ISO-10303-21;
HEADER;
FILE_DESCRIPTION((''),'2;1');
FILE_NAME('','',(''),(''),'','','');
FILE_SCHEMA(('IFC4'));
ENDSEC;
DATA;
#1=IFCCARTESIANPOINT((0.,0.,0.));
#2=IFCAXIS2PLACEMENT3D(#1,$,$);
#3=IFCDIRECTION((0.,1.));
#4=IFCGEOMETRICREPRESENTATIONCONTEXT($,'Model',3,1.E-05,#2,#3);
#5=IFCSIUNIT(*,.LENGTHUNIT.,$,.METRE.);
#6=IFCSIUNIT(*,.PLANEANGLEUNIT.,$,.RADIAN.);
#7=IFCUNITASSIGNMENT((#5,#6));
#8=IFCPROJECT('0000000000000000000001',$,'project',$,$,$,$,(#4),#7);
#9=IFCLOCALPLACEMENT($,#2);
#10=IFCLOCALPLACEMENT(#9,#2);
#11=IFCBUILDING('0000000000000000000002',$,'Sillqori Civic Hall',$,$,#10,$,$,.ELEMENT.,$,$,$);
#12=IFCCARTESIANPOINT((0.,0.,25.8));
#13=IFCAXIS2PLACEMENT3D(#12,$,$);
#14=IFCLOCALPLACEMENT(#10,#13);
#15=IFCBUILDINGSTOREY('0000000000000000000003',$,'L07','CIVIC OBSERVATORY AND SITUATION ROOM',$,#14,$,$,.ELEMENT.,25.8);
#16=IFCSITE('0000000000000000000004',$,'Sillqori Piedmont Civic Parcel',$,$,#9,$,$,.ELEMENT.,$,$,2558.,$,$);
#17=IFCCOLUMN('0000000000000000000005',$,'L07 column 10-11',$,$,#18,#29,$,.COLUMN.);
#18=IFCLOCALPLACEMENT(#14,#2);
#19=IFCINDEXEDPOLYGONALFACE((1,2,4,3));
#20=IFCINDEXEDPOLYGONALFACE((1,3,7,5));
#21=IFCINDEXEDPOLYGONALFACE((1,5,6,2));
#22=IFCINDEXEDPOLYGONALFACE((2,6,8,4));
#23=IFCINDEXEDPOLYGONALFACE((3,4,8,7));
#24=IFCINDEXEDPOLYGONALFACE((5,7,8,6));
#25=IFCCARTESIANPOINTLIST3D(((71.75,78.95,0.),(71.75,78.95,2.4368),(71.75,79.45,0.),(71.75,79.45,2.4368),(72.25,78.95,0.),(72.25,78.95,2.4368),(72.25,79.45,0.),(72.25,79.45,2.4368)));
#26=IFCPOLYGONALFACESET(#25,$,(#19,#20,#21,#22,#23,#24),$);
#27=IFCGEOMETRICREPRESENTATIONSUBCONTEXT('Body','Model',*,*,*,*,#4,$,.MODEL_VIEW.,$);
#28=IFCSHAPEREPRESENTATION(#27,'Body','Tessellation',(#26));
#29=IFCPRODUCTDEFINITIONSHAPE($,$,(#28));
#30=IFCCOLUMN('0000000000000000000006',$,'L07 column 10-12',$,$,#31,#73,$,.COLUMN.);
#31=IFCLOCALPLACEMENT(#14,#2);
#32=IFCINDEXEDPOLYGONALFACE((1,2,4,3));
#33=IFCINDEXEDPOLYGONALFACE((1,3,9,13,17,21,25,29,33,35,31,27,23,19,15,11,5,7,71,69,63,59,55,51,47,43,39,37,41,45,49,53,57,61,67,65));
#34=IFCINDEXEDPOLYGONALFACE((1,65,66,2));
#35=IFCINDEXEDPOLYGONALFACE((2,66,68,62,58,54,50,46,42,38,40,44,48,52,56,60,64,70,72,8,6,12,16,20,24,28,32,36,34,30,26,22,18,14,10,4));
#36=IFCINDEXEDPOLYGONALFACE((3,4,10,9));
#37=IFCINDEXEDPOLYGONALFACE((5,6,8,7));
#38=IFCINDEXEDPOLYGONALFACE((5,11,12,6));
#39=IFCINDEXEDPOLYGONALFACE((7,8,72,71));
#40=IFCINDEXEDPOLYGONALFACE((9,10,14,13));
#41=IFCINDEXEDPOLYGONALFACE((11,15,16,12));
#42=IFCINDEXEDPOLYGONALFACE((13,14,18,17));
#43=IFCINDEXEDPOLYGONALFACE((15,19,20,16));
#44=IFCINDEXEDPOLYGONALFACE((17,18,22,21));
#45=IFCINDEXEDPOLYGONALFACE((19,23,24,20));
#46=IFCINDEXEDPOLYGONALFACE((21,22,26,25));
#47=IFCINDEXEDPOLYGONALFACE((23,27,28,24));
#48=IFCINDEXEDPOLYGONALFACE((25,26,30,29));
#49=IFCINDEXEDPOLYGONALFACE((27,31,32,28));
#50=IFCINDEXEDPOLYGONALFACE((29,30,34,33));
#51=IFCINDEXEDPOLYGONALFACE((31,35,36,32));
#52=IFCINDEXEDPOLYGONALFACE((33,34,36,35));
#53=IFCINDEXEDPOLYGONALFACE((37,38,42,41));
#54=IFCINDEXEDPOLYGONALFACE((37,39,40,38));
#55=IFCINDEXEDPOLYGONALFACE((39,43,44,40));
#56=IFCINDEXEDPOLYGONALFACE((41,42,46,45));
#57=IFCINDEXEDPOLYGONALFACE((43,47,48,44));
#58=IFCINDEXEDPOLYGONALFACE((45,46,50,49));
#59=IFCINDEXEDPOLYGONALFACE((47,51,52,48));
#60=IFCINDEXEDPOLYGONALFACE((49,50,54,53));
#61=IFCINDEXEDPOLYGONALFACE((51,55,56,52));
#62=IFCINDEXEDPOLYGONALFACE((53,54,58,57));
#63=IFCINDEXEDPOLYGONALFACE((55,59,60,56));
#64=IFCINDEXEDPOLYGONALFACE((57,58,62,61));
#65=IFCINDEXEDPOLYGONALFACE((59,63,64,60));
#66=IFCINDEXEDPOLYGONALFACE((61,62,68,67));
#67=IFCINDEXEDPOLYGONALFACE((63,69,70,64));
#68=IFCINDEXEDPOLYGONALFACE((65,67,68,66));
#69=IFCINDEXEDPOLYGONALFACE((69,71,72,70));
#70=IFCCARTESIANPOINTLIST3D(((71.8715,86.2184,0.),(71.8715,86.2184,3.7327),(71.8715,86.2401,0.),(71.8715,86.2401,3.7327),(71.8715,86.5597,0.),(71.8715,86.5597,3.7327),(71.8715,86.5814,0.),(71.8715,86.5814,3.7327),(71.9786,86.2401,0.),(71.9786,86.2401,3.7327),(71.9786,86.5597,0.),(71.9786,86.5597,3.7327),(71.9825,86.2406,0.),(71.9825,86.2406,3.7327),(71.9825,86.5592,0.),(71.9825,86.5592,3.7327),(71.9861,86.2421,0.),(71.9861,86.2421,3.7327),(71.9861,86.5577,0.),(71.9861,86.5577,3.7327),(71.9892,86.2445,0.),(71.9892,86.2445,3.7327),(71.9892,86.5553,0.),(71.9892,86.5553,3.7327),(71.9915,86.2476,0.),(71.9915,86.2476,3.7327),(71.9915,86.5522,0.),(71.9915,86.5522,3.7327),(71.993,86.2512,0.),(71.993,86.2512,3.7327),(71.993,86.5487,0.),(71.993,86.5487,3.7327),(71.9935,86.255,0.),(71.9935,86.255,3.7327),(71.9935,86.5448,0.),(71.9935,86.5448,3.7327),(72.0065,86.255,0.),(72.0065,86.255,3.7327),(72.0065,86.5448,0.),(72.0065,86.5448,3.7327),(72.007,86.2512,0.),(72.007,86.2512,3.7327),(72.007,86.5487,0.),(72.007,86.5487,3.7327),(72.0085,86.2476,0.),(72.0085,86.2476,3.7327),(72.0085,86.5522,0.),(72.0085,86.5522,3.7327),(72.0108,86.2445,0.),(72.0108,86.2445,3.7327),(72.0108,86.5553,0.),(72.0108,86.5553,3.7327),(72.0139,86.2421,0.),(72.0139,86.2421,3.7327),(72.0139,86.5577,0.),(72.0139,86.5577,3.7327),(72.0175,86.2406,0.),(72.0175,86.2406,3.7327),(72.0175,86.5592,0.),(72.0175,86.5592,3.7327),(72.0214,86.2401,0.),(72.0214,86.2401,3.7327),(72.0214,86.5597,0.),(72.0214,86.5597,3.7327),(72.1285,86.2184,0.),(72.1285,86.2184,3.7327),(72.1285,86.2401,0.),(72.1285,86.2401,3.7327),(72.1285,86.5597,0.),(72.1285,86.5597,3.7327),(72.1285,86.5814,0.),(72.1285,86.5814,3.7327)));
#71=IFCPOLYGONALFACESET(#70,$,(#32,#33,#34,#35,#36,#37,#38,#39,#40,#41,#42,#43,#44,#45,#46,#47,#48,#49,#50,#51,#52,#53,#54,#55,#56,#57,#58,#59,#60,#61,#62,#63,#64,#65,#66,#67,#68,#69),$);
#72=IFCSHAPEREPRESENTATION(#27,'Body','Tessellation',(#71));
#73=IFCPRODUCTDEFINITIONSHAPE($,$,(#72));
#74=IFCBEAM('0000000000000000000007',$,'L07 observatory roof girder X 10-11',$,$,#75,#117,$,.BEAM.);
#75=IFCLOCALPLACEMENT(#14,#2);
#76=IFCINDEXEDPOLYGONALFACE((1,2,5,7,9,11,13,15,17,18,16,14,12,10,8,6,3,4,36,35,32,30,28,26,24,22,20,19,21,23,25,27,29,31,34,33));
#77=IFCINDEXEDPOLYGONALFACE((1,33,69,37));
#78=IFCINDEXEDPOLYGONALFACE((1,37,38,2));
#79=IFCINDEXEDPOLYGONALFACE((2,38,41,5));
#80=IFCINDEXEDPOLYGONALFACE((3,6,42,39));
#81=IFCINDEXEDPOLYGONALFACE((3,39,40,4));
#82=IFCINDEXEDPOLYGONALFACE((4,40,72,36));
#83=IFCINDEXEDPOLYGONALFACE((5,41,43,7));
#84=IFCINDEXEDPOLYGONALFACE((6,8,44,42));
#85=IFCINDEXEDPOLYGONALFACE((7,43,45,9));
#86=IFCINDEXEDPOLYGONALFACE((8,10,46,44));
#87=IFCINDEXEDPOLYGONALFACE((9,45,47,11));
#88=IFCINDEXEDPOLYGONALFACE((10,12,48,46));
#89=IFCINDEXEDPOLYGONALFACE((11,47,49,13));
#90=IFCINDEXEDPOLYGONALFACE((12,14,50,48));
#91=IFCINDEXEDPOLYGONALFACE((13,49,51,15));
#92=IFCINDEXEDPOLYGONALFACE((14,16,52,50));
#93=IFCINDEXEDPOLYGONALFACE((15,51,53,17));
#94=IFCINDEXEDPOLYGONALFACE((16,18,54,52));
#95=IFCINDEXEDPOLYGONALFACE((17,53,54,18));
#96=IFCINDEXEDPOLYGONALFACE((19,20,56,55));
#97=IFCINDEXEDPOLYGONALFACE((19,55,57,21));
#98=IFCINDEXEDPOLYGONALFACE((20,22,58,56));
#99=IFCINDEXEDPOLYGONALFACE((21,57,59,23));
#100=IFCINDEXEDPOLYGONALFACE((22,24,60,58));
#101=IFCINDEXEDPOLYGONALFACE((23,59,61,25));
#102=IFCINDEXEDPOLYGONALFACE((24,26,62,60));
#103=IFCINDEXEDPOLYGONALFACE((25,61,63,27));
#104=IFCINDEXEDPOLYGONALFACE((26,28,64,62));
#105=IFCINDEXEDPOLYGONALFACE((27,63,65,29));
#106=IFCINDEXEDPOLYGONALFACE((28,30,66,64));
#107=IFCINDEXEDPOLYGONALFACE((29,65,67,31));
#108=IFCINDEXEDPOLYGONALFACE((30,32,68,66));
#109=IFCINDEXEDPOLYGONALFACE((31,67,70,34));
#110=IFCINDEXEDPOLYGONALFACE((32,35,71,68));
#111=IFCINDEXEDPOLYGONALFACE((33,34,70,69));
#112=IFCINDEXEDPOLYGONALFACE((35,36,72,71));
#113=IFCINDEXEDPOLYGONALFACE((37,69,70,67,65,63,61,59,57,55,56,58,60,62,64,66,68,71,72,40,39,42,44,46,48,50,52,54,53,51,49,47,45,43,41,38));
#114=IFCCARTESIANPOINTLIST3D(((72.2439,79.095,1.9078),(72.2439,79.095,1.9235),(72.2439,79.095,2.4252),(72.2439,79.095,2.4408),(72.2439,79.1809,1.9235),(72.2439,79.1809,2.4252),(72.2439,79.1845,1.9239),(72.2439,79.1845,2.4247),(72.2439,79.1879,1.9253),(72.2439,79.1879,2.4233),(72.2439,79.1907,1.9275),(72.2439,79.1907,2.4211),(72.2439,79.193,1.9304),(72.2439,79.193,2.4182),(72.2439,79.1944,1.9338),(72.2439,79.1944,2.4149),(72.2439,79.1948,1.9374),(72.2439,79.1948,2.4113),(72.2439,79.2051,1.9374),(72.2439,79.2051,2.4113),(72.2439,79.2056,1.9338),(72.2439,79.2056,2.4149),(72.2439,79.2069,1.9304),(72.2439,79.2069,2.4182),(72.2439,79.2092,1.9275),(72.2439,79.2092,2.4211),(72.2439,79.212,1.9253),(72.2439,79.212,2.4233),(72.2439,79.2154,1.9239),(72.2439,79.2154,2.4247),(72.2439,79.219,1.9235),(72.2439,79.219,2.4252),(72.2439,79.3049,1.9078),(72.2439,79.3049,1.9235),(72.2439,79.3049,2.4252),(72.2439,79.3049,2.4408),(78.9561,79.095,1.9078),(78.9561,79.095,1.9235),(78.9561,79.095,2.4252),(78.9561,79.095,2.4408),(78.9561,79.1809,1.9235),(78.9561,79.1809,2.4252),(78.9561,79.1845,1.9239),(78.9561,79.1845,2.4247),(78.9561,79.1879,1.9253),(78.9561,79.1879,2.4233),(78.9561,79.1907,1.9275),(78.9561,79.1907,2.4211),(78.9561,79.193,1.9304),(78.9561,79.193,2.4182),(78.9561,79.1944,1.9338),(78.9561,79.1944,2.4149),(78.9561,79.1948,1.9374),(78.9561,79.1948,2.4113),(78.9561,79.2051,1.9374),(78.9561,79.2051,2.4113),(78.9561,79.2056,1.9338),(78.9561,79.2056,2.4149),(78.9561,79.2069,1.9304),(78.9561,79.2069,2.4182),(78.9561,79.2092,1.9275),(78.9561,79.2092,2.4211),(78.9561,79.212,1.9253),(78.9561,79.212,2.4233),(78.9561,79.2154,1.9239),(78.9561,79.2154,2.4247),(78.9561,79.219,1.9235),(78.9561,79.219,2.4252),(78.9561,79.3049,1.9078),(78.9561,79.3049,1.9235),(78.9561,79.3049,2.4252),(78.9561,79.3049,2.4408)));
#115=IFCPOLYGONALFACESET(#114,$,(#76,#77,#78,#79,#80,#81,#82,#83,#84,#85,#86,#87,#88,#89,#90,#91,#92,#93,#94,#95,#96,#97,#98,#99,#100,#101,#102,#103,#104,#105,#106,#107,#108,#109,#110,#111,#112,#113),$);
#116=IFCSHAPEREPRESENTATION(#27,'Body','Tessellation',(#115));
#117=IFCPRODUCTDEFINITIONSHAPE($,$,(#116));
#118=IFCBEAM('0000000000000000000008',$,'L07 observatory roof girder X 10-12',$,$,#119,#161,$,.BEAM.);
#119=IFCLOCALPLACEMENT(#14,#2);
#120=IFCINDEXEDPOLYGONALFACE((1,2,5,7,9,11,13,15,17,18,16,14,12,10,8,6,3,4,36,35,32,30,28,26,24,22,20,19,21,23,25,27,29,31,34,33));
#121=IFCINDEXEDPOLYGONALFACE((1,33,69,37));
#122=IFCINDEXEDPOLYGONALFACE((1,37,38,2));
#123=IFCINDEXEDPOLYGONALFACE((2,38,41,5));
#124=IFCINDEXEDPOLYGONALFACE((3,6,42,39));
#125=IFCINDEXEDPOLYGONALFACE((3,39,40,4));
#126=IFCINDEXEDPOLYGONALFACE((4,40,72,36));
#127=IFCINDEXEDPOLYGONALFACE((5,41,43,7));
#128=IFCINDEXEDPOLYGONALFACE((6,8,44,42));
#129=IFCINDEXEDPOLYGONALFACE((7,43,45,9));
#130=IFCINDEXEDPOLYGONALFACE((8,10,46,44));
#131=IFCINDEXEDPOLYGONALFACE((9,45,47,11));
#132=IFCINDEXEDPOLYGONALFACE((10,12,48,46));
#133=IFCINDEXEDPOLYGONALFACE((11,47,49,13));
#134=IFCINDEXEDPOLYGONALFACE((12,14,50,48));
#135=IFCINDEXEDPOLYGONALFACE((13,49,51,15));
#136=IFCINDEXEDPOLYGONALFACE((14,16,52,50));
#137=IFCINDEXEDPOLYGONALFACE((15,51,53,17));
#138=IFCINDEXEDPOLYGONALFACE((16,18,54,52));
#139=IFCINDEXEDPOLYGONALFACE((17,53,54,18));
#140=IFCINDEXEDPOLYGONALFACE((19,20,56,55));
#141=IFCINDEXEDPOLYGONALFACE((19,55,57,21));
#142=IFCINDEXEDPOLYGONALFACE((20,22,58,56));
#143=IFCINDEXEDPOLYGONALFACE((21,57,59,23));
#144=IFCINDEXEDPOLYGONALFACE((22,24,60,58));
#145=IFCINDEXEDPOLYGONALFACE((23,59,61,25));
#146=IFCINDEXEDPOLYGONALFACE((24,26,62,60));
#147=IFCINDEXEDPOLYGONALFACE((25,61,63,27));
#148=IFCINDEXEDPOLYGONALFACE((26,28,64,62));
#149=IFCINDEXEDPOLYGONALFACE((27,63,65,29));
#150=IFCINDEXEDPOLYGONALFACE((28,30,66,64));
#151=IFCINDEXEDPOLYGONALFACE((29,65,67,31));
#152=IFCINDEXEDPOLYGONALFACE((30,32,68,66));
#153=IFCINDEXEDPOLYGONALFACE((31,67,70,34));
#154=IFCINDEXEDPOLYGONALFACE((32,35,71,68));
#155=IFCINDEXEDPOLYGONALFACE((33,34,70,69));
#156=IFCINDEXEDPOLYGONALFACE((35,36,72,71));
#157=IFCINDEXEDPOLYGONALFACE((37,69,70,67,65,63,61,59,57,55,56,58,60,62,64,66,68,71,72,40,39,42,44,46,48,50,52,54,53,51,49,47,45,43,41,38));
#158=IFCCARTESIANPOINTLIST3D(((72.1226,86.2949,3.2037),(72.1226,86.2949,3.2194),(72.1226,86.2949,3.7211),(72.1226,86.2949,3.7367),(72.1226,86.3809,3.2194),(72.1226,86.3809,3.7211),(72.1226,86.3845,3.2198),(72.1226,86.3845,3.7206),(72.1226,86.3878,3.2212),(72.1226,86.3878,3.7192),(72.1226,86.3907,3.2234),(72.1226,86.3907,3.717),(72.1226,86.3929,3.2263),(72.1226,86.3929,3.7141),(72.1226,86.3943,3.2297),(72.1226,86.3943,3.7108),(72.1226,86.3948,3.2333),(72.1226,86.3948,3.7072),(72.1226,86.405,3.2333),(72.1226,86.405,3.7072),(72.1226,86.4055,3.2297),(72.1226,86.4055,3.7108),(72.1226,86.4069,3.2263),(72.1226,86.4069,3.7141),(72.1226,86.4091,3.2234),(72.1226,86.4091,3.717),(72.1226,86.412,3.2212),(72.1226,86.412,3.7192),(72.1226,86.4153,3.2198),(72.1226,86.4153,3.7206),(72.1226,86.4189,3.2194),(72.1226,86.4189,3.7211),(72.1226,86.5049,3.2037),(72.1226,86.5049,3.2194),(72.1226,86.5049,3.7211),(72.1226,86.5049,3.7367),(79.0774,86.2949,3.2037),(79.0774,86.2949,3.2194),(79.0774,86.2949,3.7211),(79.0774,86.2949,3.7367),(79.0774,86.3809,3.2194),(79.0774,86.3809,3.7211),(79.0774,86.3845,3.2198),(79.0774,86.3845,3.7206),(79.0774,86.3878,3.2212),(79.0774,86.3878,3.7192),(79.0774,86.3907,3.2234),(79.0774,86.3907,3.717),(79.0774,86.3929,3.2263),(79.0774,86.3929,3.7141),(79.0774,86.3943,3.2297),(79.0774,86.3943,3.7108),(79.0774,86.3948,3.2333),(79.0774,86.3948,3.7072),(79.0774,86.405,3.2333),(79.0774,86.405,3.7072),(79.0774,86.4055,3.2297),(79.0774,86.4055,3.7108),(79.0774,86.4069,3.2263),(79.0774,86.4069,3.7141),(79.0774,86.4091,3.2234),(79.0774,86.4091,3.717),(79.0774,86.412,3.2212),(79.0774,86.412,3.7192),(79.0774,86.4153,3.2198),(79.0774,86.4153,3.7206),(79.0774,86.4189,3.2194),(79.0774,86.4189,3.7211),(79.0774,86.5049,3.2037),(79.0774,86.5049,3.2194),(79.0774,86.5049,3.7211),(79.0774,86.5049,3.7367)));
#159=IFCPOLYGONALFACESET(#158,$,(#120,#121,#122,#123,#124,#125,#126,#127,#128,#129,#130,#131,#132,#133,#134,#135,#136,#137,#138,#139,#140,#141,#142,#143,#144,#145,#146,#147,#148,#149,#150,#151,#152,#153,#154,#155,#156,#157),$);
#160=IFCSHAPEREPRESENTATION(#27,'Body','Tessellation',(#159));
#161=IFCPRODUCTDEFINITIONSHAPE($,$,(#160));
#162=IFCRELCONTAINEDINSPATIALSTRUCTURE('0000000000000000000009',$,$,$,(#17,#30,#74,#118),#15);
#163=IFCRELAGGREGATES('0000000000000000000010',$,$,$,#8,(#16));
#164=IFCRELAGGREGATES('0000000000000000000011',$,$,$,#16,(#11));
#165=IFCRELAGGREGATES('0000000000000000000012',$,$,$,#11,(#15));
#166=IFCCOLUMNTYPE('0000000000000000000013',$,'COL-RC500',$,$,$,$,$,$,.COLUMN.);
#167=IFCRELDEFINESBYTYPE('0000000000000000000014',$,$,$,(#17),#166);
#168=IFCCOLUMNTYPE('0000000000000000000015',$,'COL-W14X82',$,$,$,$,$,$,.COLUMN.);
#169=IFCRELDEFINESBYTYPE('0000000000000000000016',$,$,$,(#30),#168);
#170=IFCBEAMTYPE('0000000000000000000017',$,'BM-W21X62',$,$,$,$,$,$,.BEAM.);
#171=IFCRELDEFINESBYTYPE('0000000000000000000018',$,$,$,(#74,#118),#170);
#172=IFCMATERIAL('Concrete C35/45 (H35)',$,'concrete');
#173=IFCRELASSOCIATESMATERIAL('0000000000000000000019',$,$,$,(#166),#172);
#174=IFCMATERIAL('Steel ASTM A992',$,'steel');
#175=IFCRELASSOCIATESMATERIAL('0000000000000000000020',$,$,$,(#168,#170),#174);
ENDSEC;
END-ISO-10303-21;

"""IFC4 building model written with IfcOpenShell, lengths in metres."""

from ifc_helpers import new_model, si_unit, direction, frame, origin, origin_2d, place, context, subcontext, project, spatial, rectangle, i_section, extrude, material, material_profile, profile_set, type_object, element, save


model = new_model("IFC4")

# Units and contexts
model_context = context("Model", 3, precision=1e-05, world=origin(), true_north=direction((0.0, 1.0)))
body_context = subcontext(model_context, "Body", "Model", "MODEL_VIEW")
ifc_project = project(units=[si_unit("LENGTHUNIT", "METRE"), si_unit("PLANEANGLEUNIT", "RADIAN")], contexts=[model_context])

# Site, building, storey
site_placement = place(None, origin())
site = spatial("IfcSite", under=ifc_project, at=site_placement, Name="Sillqori Piedmont Civic Parcel", CompositionType="ELEMENT", RefElevation=2558.0)
building_placement = place(site_placement, origin())
building = spatial("IfcBuilding", under=site, at=building_placement, Name="Sillqori Civic Hall", CompositionType="ELEMENT")
storey_placement = place(building_placement, frame((0.0, 0.0, 25.8)))
storey = spatial("IfcBuildingStorey", under=building, at=storey_placement, Name="L07", Description="CIVIC OBSERVATORY AND SITUATION ROOM", CompositionType="ELEMENT", Elevation=25.8)

# Columns
ifc_material_1 = material(Name="Concrete C35/45 (H35)", Category="concrete")
ifc_material_profile_1 = material_profile(ifc_material_1, rectangle(XDim=0.5, YDim=0.5, at=origin_2d()), Name="RC 500x500")
ifc_profile_set_1 = profile_set([ifc_material_profile_1], Name="Concrete C35/45 (H35)")
column_type_1 = type_object("IfcColumnType", Name="COL-RC500", PredefinedType="COLUMN", material=ifc_profile_set_1)
column_1_placement = place(storey_placement, frame((72.0, 79.2, 0.0), z_axis=(0.0, 0.0, 1.0), x_axis=(1.0, 0.0, 0.0)))
element("IfcColumn", 1, at=column_1_placement, inside=storey, type_object=column_type_1, Name="L07 column 10-11", PredefinedType="COLUMN", context=body_context, shape_type="SweptSolid", body=[
    extrude(rectangle(XDim=0.5, YDim=0.5, at=origin_2d()), origin(), (0.0, 0.0, 1.0), 2.4368),
])
ifc_material_2 = material(Name="Steel ASTM A992", Category="steel")
ifc_material_profile_2 = material_profile(ifc_material_2, i_section(OverallWidth=0.2571, OverallDepth=0.363, WebThickness=0.0129, FlangeThickness=0.0217, FilletRadius=0.0149, at=origin_2d()), Name="W14X82")
ifc_profile_set_2 = profile_set([ifc_material_profile_2], Name="Steel ASTM A992")
column_type_2 = type_object("IfcColumnType", Name="COL-W14X82", PredefinedType="COLUMN", material=ifc_profile_set_2)
column_2_placement = place(storey_placement, frame((72.0, 86.3999, 0.0), z_axis=(0.0, 0.0, 1.0), x_axis=(1.0, 0.0, 0.0)))
element("IfcColumn", 2, at=column_2_placement, inside=storey, type_object=column_type_2, Name="L07 column 10-12", PredefinedType="COLUMN", context=body_context, shape_type="SweptSolid", body=[
    extrude(i_section(OverallWidth=0.2571, OverallDepth=0.363, WebThickness=0.0129, FlangeThickness=0.0217, FilletRadius=0.0149, at=origin_2d()), origin(), (0.0, 0.0, 1.0), 3.7327),
])

# Beams
ifc_material_profile_3 = material_profile(ifc_material_2, i_section(OverallWidth=0.21, OverallDepth=0.533, WebThickness=0.0103, FlangeThickness=0.0156, FilletRadius=0.0139, at=origin_2d()), Name="W21X62")
ifc_profile_set_3 = profile_set([ifc_material_profile_3], Name="Steel ASTM A992")
beam_type = type_object("IfcBeamType", Name="BM-W21X62", PredefinedType="BEAM", material=ifc_profile_set_3)
beam_1_placement = place(storey_placement, frame((72.2439, 79.2, 2.1743), z_axis=(1.0, 0.0, 0.0), x_axis=(0.0, 1.0, 0.0)))
element("IfcBeam", 3, at=beam_1_placement, inside=storey, type_object=beam_type, Name="L07 observatory roof girder X 10-11", PredefinedType="BEAM", context=body_context, shape_type="SweptSolid", body=[
    extrude(i_section(OverallWidth=0.21, OverallDepth=0.533, WebThickness=0.0103, FlangeThickness=0.0156, FilletRadius=0.0139, at=origin_2d()), origin(), (0.0, 0.0, 1.0), 6.7122),
])
beam_2_placement = place(storey_placement, frame((72.1226, 86.3999, 3.4702), z_axis=(1.0, 0.0, 0.0), x_axis=(0.0, 1.0, 0.0)))
element("IfcBeam", 4, at=beam_2_placement, inside=storey, type_object=beam_type, Name="L07 observatory roof girder X 10-12", PredefinedType="BEAM", context=body_context, shape_type="SweptSolid", body=[
    extrude(i_section(OverallWidth=0.21, OverallDepth=0.533, WebThickness=0.0103, FlangeThickness=0.0156, FilletRadius=0.0139, at=origin_2d()), origin(), (0.0, 0.0, 1.0), 6.9548),
])

save(model, "model.ifc")
